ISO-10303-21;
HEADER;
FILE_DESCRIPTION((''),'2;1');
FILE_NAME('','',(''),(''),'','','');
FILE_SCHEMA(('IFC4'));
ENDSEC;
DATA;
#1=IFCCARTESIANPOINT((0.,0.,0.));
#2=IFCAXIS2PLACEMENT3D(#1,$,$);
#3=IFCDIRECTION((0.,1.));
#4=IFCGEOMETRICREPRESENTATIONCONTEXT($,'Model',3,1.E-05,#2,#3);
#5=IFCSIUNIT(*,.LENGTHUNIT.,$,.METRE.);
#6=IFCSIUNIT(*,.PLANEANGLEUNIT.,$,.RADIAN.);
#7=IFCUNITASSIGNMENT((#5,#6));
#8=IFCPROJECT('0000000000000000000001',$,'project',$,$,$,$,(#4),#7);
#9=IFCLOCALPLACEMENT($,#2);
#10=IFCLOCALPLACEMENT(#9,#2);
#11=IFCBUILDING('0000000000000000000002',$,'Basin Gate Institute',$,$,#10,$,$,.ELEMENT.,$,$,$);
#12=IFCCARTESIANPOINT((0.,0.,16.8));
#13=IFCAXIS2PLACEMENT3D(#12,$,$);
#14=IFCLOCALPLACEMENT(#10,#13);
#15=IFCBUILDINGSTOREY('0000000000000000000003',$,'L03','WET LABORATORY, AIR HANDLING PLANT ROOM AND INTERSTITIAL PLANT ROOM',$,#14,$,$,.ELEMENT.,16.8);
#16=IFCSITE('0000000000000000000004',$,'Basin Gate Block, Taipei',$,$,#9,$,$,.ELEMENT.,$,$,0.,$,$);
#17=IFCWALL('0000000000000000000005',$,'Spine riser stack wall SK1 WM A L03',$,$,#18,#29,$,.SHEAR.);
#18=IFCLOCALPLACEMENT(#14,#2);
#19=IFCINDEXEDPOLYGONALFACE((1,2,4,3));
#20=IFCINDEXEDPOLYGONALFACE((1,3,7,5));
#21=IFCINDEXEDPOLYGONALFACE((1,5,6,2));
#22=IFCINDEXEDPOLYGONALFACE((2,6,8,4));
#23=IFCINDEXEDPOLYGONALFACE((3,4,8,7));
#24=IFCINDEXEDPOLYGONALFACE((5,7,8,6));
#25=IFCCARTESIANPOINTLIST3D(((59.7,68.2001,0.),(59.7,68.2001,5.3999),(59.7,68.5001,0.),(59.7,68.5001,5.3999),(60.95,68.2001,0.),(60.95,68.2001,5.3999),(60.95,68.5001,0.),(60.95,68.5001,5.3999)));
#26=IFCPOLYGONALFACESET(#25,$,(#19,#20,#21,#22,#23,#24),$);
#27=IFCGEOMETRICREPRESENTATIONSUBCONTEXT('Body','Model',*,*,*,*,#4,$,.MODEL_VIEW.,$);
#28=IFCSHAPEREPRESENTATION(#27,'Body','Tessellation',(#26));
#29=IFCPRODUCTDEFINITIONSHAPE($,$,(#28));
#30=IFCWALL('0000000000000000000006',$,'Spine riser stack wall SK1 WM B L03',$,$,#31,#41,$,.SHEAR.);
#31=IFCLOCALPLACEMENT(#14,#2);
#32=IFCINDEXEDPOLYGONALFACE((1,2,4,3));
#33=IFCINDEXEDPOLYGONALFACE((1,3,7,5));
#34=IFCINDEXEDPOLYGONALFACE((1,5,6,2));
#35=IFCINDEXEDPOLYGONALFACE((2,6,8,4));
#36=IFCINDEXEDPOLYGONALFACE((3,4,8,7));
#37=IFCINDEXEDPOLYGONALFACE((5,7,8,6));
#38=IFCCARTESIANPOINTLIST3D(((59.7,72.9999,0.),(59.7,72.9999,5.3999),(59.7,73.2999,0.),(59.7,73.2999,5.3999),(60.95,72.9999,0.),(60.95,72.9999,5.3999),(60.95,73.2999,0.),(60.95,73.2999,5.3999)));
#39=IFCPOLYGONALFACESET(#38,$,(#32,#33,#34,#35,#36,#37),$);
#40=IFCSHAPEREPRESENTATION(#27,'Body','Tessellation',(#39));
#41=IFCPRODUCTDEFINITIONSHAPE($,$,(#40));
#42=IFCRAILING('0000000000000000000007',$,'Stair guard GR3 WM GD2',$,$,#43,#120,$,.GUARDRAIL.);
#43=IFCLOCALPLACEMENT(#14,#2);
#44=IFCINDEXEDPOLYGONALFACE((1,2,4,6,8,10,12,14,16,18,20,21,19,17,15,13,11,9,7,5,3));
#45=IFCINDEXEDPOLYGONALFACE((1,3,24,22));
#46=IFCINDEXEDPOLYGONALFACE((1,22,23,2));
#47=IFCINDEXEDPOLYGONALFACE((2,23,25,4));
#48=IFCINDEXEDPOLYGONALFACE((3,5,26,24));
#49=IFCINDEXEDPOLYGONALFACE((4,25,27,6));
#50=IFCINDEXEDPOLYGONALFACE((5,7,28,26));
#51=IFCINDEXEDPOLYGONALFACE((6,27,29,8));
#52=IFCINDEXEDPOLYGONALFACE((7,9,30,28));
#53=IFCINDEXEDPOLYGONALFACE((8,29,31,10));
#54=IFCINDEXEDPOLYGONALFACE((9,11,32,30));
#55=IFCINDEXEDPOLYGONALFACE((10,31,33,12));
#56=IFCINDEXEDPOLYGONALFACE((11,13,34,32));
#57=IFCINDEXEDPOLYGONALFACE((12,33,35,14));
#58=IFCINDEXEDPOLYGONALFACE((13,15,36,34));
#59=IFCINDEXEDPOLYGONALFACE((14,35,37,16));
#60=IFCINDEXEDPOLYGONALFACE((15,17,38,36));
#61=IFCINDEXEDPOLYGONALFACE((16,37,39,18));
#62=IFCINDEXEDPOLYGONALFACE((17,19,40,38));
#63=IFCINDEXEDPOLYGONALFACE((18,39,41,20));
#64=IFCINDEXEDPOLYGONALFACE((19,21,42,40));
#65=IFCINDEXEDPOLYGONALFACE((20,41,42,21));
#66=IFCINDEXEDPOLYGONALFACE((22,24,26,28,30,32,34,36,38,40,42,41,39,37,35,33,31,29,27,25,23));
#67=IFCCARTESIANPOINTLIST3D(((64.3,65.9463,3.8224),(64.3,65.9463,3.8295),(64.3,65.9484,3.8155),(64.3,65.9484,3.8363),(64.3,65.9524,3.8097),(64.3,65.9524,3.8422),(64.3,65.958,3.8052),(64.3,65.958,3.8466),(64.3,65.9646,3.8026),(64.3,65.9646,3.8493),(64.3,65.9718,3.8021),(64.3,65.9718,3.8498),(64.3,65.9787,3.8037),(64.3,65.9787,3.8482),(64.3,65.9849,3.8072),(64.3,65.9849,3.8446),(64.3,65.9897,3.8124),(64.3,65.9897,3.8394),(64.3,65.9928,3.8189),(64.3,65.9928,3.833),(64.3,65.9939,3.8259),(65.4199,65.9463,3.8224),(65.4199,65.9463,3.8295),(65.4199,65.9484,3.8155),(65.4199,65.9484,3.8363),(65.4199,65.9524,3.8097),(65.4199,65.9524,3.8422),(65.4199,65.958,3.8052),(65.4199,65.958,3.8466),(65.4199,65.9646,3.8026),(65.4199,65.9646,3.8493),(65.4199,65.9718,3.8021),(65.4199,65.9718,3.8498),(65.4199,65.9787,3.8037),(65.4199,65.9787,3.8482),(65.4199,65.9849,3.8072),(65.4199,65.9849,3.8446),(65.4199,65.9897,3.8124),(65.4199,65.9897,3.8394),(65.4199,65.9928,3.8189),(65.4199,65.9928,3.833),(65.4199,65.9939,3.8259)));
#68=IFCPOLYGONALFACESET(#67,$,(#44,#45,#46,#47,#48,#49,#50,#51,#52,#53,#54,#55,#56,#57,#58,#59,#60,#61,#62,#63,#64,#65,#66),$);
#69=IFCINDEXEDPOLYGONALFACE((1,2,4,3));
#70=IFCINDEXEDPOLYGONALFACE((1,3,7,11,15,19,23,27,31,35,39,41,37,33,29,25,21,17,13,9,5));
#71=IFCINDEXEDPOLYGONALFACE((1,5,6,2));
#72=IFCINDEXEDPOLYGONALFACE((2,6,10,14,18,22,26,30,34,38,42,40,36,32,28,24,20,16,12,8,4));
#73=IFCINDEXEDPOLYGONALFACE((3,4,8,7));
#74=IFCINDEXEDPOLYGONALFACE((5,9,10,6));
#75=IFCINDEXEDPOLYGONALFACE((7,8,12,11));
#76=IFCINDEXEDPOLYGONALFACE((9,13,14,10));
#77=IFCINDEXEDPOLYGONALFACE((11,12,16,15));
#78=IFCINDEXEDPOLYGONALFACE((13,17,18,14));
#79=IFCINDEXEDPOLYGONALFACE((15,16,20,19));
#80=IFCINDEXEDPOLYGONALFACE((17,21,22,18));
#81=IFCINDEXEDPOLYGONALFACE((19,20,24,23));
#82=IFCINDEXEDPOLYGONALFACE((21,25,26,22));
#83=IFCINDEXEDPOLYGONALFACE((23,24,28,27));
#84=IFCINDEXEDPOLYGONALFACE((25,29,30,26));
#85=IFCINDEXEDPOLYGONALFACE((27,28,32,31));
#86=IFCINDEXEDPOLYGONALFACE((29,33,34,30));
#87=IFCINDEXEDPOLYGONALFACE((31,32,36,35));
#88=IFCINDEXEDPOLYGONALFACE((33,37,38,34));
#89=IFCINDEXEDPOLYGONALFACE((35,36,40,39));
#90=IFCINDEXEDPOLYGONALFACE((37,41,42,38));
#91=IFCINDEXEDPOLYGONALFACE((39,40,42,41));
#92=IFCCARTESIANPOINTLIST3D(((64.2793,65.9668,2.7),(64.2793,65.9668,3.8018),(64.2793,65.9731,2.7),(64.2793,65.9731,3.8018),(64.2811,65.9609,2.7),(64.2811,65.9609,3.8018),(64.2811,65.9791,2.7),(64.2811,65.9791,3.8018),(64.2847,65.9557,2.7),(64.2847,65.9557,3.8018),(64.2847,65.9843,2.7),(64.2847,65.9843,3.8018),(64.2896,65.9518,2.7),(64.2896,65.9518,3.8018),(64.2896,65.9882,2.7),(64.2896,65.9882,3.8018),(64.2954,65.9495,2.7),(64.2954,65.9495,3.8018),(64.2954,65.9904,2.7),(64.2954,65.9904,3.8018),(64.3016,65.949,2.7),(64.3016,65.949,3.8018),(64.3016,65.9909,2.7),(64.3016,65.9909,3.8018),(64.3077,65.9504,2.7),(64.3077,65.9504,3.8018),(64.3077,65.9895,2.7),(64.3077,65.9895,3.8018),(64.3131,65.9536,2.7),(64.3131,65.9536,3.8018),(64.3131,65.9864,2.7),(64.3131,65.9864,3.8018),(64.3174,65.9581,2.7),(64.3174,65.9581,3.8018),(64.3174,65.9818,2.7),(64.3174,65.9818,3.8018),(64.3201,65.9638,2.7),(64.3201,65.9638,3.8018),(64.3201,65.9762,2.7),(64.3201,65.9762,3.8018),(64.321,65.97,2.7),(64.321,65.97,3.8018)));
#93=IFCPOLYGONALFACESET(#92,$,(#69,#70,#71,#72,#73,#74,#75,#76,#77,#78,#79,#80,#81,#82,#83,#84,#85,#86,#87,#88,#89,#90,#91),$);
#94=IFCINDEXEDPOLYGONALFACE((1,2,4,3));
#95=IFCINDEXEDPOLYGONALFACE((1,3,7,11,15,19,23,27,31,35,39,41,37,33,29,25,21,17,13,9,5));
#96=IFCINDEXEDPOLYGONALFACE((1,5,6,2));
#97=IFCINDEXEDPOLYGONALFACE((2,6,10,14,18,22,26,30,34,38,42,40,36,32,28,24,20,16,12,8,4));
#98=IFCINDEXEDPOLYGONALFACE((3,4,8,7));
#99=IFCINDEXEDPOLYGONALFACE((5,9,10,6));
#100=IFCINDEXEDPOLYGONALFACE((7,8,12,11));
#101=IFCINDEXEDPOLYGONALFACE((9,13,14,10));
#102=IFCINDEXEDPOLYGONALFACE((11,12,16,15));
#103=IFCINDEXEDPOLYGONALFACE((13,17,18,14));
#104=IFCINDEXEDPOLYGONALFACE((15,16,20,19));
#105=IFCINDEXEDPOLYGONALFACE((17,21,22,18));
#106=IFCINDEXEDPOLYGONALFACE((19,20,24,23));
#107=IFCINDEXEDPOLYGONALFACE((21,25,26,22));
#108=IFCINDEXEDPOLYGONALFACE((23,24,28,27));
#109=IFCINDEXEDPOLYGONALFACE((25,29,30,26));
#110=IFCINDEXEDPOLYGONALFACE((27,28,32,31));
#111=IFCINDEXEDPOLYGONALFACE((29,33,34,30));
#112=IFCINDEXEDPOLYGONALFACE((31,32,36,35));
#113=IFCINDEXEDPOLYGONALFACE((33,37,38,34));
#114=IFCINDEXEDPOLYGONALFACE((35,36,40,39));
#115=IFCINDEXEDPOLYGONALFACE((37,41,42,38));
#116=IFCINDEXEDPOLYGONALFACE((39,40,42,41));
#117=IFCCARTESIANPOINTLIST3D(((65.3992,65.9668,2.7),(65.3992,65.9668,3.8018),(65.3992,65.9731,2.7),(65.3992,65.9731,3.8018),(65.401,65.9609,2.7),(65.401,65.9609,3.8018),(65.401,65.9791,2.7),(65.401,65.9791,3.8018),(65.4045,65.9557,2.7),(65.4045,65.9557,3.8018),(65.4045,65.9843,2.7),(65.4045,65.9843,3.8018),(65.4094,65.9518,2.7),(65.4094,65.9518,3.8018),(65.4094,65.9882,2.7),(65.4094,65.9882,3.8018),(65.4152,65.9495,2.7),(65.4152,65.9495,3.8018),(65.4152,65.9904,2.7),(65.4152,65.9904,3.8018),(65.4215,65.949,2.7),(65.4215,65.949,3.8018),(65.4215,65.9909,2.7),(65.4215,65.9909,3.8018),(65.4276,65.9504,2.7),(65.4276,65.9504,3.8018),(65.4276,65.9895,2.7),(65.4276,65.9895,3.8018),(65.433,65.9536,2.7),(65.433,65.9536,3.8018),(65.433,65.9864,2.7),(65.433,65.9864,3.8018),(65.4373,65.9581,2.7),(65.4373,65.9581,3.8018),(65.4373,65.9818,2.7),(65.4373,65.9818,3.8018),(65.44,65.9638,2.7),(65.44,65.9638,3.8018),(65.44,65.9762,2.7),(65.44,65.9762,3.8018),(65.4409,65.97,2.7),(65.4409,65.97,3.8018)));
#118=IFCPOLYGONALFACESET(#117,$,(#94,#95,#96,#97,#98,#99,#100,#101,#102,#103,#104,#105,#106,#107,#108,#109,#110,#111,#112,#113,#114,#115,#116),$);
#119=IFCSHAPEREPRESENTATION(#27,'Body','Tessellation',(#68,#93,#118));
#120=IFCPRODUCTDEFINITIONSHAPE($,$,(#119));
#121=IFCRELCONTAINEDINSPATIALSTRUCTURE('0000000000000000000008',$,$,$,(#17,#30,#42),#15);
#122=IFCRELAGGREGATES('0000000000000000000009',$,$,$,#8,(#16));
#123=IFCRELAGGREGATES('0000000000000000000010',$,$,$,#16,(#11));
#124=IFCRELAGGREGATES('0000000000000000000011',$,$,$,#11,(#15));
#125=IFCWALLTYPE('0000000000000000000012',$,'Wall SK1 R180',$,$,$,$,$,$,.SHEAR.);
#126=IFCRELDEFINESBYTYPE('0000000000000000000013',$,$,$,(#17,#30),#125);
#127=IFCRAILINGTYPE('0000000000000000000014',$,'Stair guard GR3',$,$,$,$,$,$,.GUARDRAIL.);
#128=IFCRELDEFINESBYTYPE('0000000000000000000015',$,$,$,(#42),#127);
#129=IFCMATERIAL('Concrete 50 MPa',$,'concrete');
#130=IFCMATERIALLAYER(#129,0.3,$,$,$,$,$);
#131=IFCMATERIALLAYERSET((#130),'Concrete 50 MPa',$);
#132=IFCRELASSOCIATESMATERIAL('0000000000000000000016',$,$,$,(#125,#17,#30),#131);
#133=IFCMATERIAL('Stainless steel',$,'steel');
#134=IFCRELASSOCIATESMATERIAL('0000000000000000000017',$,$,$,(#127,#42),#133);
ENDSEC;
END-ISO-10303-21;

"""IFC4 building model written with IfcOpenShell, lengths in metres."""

from ifc_helpers import new_model, si_unit, direction, frame, frame_2d, origin, origin_2d, place, context, subcontext, project, spatial, rectangle, circle, extrude, material, layer, layer_set, type_object, element, save


model = new_model("IFC4")

# Units and contexts
model_context = context("Model", 3, precision=1e-05, world=origin(), true_north=direction((0.0, 1.0)))
body_context = subcontext(model_context, "Body", "Model", "MODEL_VIEW")
ifc_project = project(units=[si_unit("LENGTHUNIT", "METRE"), si_unit("PLANEANGLEUNIT", "RADIAN")], contexts=[model_context])

# Site, building, storey
site_placement = place(None, origin())
site = spatial("IfcSite", under=ifc_project, at=site_placement, Name="Basin Gate Block, Taipei", CompositionType="ELEMENT", RefElevation=0.0)
building_placement = place(site_placement, origin())
building = spatial("IfcBuilding", under=site, at=building_placement, Name="Basin Gate Institute", CompositionType="ELEMENT")
storey_placement = place(building_placement, frame((0.0, 0.0, 16.8)))
storey = spatial("IfcBuildingStorey", under=building, at=storey_placement, Name="L03", Description="WET LABORATORY, AIR HANDLING PLANT ROOM AND INTERSTITIAL PLANT ROOM", CompositionType="ELEMENT", Elevation=16.8)

# Shared definitions
ifc_material_1 = material(Name="Concrete 50 MPa", Category="concrete")
ifc_layer_1 = layer(ifc_material_1, 0.3)
ifc_layer_set_1 = layer_set([ifc_layer_1], Name="Concrete 50 MPa")
wall_type_1 = type_object("IfcWallType", Name="Wall SK1 R180", PredefinedType="SHEAR", material=ifc_layer_set_1)

# Walls
for number, where, z_axis, x_axis, name in (
    (1, (60.95, 68.3501, 0.0), (0.0, 0.0, 1.0), (-1.0, 0.0, 0.0), "Spine riser stack wall SK1 WM A L03"),
    (2, (60.95, 73.1499, 0.0), (0.0, 0.0, 1.0), (-1.0, 0.0, 0.0), "Spine riser stack wall SK1 WM B L03"),
):
    element("IfcWall", number, at=place(storey_placement, frame(where, z_axis=z_axis, x_axis=x_axis)), inside=storey, type_object=wall_type_1, material=ifc_layer_set_1, Name=name, PredefinedType="SHEAR", context=body_context, shape_type="SweptSolid", body=[
        extrude(rectangle(XDim=1.25, YDim=0.3, at=frame_2d((0.625, 0.0))), origin(), (0.0, 0.0, 1.0), 5.3999),
    ])

# Railing
ifc_material_2 = material(Name="Stainless steel", Category="steel")
railing_type = type_object("IfcRailingType", Name="Stair guard GR3", PredefinedType="GUARDRAIL", material=ifc_material_2)
railing_placement = place(storey_placement, frame((64.3, 65.97, 2.7)))
element("IfcRailing", 3, at=railing_placement, inside=storey, type_object=railing_type, material=ifc_material_2, Name="Stair guard GR3 WM GD2", PredefinedType="GUARDRAIL", context=body_context, shape_type="SweptSolid", body=[
    extrude(circle(Radius=0.0239, at=origin_2d()), frame((0.0, 0.0, 1.126), z_axis=(1.0, 0.0, 0.0), x_axis=(0.0, 1.0, 0.0)), (0.0, 0.0, 1.0), 1.1199),
    extrude(circle(Radius=0.021, at=origin_2d()), origin(), (0.0, 0.0, 1.0), 1.1018),
    extrude(circle(Radius=0.021, at=origin_2d()), frame((1.1199, 0.0, 0.0)), (0.0, 0.0, 1.0), 1.1018),
])

save(model, "model.ifc")
